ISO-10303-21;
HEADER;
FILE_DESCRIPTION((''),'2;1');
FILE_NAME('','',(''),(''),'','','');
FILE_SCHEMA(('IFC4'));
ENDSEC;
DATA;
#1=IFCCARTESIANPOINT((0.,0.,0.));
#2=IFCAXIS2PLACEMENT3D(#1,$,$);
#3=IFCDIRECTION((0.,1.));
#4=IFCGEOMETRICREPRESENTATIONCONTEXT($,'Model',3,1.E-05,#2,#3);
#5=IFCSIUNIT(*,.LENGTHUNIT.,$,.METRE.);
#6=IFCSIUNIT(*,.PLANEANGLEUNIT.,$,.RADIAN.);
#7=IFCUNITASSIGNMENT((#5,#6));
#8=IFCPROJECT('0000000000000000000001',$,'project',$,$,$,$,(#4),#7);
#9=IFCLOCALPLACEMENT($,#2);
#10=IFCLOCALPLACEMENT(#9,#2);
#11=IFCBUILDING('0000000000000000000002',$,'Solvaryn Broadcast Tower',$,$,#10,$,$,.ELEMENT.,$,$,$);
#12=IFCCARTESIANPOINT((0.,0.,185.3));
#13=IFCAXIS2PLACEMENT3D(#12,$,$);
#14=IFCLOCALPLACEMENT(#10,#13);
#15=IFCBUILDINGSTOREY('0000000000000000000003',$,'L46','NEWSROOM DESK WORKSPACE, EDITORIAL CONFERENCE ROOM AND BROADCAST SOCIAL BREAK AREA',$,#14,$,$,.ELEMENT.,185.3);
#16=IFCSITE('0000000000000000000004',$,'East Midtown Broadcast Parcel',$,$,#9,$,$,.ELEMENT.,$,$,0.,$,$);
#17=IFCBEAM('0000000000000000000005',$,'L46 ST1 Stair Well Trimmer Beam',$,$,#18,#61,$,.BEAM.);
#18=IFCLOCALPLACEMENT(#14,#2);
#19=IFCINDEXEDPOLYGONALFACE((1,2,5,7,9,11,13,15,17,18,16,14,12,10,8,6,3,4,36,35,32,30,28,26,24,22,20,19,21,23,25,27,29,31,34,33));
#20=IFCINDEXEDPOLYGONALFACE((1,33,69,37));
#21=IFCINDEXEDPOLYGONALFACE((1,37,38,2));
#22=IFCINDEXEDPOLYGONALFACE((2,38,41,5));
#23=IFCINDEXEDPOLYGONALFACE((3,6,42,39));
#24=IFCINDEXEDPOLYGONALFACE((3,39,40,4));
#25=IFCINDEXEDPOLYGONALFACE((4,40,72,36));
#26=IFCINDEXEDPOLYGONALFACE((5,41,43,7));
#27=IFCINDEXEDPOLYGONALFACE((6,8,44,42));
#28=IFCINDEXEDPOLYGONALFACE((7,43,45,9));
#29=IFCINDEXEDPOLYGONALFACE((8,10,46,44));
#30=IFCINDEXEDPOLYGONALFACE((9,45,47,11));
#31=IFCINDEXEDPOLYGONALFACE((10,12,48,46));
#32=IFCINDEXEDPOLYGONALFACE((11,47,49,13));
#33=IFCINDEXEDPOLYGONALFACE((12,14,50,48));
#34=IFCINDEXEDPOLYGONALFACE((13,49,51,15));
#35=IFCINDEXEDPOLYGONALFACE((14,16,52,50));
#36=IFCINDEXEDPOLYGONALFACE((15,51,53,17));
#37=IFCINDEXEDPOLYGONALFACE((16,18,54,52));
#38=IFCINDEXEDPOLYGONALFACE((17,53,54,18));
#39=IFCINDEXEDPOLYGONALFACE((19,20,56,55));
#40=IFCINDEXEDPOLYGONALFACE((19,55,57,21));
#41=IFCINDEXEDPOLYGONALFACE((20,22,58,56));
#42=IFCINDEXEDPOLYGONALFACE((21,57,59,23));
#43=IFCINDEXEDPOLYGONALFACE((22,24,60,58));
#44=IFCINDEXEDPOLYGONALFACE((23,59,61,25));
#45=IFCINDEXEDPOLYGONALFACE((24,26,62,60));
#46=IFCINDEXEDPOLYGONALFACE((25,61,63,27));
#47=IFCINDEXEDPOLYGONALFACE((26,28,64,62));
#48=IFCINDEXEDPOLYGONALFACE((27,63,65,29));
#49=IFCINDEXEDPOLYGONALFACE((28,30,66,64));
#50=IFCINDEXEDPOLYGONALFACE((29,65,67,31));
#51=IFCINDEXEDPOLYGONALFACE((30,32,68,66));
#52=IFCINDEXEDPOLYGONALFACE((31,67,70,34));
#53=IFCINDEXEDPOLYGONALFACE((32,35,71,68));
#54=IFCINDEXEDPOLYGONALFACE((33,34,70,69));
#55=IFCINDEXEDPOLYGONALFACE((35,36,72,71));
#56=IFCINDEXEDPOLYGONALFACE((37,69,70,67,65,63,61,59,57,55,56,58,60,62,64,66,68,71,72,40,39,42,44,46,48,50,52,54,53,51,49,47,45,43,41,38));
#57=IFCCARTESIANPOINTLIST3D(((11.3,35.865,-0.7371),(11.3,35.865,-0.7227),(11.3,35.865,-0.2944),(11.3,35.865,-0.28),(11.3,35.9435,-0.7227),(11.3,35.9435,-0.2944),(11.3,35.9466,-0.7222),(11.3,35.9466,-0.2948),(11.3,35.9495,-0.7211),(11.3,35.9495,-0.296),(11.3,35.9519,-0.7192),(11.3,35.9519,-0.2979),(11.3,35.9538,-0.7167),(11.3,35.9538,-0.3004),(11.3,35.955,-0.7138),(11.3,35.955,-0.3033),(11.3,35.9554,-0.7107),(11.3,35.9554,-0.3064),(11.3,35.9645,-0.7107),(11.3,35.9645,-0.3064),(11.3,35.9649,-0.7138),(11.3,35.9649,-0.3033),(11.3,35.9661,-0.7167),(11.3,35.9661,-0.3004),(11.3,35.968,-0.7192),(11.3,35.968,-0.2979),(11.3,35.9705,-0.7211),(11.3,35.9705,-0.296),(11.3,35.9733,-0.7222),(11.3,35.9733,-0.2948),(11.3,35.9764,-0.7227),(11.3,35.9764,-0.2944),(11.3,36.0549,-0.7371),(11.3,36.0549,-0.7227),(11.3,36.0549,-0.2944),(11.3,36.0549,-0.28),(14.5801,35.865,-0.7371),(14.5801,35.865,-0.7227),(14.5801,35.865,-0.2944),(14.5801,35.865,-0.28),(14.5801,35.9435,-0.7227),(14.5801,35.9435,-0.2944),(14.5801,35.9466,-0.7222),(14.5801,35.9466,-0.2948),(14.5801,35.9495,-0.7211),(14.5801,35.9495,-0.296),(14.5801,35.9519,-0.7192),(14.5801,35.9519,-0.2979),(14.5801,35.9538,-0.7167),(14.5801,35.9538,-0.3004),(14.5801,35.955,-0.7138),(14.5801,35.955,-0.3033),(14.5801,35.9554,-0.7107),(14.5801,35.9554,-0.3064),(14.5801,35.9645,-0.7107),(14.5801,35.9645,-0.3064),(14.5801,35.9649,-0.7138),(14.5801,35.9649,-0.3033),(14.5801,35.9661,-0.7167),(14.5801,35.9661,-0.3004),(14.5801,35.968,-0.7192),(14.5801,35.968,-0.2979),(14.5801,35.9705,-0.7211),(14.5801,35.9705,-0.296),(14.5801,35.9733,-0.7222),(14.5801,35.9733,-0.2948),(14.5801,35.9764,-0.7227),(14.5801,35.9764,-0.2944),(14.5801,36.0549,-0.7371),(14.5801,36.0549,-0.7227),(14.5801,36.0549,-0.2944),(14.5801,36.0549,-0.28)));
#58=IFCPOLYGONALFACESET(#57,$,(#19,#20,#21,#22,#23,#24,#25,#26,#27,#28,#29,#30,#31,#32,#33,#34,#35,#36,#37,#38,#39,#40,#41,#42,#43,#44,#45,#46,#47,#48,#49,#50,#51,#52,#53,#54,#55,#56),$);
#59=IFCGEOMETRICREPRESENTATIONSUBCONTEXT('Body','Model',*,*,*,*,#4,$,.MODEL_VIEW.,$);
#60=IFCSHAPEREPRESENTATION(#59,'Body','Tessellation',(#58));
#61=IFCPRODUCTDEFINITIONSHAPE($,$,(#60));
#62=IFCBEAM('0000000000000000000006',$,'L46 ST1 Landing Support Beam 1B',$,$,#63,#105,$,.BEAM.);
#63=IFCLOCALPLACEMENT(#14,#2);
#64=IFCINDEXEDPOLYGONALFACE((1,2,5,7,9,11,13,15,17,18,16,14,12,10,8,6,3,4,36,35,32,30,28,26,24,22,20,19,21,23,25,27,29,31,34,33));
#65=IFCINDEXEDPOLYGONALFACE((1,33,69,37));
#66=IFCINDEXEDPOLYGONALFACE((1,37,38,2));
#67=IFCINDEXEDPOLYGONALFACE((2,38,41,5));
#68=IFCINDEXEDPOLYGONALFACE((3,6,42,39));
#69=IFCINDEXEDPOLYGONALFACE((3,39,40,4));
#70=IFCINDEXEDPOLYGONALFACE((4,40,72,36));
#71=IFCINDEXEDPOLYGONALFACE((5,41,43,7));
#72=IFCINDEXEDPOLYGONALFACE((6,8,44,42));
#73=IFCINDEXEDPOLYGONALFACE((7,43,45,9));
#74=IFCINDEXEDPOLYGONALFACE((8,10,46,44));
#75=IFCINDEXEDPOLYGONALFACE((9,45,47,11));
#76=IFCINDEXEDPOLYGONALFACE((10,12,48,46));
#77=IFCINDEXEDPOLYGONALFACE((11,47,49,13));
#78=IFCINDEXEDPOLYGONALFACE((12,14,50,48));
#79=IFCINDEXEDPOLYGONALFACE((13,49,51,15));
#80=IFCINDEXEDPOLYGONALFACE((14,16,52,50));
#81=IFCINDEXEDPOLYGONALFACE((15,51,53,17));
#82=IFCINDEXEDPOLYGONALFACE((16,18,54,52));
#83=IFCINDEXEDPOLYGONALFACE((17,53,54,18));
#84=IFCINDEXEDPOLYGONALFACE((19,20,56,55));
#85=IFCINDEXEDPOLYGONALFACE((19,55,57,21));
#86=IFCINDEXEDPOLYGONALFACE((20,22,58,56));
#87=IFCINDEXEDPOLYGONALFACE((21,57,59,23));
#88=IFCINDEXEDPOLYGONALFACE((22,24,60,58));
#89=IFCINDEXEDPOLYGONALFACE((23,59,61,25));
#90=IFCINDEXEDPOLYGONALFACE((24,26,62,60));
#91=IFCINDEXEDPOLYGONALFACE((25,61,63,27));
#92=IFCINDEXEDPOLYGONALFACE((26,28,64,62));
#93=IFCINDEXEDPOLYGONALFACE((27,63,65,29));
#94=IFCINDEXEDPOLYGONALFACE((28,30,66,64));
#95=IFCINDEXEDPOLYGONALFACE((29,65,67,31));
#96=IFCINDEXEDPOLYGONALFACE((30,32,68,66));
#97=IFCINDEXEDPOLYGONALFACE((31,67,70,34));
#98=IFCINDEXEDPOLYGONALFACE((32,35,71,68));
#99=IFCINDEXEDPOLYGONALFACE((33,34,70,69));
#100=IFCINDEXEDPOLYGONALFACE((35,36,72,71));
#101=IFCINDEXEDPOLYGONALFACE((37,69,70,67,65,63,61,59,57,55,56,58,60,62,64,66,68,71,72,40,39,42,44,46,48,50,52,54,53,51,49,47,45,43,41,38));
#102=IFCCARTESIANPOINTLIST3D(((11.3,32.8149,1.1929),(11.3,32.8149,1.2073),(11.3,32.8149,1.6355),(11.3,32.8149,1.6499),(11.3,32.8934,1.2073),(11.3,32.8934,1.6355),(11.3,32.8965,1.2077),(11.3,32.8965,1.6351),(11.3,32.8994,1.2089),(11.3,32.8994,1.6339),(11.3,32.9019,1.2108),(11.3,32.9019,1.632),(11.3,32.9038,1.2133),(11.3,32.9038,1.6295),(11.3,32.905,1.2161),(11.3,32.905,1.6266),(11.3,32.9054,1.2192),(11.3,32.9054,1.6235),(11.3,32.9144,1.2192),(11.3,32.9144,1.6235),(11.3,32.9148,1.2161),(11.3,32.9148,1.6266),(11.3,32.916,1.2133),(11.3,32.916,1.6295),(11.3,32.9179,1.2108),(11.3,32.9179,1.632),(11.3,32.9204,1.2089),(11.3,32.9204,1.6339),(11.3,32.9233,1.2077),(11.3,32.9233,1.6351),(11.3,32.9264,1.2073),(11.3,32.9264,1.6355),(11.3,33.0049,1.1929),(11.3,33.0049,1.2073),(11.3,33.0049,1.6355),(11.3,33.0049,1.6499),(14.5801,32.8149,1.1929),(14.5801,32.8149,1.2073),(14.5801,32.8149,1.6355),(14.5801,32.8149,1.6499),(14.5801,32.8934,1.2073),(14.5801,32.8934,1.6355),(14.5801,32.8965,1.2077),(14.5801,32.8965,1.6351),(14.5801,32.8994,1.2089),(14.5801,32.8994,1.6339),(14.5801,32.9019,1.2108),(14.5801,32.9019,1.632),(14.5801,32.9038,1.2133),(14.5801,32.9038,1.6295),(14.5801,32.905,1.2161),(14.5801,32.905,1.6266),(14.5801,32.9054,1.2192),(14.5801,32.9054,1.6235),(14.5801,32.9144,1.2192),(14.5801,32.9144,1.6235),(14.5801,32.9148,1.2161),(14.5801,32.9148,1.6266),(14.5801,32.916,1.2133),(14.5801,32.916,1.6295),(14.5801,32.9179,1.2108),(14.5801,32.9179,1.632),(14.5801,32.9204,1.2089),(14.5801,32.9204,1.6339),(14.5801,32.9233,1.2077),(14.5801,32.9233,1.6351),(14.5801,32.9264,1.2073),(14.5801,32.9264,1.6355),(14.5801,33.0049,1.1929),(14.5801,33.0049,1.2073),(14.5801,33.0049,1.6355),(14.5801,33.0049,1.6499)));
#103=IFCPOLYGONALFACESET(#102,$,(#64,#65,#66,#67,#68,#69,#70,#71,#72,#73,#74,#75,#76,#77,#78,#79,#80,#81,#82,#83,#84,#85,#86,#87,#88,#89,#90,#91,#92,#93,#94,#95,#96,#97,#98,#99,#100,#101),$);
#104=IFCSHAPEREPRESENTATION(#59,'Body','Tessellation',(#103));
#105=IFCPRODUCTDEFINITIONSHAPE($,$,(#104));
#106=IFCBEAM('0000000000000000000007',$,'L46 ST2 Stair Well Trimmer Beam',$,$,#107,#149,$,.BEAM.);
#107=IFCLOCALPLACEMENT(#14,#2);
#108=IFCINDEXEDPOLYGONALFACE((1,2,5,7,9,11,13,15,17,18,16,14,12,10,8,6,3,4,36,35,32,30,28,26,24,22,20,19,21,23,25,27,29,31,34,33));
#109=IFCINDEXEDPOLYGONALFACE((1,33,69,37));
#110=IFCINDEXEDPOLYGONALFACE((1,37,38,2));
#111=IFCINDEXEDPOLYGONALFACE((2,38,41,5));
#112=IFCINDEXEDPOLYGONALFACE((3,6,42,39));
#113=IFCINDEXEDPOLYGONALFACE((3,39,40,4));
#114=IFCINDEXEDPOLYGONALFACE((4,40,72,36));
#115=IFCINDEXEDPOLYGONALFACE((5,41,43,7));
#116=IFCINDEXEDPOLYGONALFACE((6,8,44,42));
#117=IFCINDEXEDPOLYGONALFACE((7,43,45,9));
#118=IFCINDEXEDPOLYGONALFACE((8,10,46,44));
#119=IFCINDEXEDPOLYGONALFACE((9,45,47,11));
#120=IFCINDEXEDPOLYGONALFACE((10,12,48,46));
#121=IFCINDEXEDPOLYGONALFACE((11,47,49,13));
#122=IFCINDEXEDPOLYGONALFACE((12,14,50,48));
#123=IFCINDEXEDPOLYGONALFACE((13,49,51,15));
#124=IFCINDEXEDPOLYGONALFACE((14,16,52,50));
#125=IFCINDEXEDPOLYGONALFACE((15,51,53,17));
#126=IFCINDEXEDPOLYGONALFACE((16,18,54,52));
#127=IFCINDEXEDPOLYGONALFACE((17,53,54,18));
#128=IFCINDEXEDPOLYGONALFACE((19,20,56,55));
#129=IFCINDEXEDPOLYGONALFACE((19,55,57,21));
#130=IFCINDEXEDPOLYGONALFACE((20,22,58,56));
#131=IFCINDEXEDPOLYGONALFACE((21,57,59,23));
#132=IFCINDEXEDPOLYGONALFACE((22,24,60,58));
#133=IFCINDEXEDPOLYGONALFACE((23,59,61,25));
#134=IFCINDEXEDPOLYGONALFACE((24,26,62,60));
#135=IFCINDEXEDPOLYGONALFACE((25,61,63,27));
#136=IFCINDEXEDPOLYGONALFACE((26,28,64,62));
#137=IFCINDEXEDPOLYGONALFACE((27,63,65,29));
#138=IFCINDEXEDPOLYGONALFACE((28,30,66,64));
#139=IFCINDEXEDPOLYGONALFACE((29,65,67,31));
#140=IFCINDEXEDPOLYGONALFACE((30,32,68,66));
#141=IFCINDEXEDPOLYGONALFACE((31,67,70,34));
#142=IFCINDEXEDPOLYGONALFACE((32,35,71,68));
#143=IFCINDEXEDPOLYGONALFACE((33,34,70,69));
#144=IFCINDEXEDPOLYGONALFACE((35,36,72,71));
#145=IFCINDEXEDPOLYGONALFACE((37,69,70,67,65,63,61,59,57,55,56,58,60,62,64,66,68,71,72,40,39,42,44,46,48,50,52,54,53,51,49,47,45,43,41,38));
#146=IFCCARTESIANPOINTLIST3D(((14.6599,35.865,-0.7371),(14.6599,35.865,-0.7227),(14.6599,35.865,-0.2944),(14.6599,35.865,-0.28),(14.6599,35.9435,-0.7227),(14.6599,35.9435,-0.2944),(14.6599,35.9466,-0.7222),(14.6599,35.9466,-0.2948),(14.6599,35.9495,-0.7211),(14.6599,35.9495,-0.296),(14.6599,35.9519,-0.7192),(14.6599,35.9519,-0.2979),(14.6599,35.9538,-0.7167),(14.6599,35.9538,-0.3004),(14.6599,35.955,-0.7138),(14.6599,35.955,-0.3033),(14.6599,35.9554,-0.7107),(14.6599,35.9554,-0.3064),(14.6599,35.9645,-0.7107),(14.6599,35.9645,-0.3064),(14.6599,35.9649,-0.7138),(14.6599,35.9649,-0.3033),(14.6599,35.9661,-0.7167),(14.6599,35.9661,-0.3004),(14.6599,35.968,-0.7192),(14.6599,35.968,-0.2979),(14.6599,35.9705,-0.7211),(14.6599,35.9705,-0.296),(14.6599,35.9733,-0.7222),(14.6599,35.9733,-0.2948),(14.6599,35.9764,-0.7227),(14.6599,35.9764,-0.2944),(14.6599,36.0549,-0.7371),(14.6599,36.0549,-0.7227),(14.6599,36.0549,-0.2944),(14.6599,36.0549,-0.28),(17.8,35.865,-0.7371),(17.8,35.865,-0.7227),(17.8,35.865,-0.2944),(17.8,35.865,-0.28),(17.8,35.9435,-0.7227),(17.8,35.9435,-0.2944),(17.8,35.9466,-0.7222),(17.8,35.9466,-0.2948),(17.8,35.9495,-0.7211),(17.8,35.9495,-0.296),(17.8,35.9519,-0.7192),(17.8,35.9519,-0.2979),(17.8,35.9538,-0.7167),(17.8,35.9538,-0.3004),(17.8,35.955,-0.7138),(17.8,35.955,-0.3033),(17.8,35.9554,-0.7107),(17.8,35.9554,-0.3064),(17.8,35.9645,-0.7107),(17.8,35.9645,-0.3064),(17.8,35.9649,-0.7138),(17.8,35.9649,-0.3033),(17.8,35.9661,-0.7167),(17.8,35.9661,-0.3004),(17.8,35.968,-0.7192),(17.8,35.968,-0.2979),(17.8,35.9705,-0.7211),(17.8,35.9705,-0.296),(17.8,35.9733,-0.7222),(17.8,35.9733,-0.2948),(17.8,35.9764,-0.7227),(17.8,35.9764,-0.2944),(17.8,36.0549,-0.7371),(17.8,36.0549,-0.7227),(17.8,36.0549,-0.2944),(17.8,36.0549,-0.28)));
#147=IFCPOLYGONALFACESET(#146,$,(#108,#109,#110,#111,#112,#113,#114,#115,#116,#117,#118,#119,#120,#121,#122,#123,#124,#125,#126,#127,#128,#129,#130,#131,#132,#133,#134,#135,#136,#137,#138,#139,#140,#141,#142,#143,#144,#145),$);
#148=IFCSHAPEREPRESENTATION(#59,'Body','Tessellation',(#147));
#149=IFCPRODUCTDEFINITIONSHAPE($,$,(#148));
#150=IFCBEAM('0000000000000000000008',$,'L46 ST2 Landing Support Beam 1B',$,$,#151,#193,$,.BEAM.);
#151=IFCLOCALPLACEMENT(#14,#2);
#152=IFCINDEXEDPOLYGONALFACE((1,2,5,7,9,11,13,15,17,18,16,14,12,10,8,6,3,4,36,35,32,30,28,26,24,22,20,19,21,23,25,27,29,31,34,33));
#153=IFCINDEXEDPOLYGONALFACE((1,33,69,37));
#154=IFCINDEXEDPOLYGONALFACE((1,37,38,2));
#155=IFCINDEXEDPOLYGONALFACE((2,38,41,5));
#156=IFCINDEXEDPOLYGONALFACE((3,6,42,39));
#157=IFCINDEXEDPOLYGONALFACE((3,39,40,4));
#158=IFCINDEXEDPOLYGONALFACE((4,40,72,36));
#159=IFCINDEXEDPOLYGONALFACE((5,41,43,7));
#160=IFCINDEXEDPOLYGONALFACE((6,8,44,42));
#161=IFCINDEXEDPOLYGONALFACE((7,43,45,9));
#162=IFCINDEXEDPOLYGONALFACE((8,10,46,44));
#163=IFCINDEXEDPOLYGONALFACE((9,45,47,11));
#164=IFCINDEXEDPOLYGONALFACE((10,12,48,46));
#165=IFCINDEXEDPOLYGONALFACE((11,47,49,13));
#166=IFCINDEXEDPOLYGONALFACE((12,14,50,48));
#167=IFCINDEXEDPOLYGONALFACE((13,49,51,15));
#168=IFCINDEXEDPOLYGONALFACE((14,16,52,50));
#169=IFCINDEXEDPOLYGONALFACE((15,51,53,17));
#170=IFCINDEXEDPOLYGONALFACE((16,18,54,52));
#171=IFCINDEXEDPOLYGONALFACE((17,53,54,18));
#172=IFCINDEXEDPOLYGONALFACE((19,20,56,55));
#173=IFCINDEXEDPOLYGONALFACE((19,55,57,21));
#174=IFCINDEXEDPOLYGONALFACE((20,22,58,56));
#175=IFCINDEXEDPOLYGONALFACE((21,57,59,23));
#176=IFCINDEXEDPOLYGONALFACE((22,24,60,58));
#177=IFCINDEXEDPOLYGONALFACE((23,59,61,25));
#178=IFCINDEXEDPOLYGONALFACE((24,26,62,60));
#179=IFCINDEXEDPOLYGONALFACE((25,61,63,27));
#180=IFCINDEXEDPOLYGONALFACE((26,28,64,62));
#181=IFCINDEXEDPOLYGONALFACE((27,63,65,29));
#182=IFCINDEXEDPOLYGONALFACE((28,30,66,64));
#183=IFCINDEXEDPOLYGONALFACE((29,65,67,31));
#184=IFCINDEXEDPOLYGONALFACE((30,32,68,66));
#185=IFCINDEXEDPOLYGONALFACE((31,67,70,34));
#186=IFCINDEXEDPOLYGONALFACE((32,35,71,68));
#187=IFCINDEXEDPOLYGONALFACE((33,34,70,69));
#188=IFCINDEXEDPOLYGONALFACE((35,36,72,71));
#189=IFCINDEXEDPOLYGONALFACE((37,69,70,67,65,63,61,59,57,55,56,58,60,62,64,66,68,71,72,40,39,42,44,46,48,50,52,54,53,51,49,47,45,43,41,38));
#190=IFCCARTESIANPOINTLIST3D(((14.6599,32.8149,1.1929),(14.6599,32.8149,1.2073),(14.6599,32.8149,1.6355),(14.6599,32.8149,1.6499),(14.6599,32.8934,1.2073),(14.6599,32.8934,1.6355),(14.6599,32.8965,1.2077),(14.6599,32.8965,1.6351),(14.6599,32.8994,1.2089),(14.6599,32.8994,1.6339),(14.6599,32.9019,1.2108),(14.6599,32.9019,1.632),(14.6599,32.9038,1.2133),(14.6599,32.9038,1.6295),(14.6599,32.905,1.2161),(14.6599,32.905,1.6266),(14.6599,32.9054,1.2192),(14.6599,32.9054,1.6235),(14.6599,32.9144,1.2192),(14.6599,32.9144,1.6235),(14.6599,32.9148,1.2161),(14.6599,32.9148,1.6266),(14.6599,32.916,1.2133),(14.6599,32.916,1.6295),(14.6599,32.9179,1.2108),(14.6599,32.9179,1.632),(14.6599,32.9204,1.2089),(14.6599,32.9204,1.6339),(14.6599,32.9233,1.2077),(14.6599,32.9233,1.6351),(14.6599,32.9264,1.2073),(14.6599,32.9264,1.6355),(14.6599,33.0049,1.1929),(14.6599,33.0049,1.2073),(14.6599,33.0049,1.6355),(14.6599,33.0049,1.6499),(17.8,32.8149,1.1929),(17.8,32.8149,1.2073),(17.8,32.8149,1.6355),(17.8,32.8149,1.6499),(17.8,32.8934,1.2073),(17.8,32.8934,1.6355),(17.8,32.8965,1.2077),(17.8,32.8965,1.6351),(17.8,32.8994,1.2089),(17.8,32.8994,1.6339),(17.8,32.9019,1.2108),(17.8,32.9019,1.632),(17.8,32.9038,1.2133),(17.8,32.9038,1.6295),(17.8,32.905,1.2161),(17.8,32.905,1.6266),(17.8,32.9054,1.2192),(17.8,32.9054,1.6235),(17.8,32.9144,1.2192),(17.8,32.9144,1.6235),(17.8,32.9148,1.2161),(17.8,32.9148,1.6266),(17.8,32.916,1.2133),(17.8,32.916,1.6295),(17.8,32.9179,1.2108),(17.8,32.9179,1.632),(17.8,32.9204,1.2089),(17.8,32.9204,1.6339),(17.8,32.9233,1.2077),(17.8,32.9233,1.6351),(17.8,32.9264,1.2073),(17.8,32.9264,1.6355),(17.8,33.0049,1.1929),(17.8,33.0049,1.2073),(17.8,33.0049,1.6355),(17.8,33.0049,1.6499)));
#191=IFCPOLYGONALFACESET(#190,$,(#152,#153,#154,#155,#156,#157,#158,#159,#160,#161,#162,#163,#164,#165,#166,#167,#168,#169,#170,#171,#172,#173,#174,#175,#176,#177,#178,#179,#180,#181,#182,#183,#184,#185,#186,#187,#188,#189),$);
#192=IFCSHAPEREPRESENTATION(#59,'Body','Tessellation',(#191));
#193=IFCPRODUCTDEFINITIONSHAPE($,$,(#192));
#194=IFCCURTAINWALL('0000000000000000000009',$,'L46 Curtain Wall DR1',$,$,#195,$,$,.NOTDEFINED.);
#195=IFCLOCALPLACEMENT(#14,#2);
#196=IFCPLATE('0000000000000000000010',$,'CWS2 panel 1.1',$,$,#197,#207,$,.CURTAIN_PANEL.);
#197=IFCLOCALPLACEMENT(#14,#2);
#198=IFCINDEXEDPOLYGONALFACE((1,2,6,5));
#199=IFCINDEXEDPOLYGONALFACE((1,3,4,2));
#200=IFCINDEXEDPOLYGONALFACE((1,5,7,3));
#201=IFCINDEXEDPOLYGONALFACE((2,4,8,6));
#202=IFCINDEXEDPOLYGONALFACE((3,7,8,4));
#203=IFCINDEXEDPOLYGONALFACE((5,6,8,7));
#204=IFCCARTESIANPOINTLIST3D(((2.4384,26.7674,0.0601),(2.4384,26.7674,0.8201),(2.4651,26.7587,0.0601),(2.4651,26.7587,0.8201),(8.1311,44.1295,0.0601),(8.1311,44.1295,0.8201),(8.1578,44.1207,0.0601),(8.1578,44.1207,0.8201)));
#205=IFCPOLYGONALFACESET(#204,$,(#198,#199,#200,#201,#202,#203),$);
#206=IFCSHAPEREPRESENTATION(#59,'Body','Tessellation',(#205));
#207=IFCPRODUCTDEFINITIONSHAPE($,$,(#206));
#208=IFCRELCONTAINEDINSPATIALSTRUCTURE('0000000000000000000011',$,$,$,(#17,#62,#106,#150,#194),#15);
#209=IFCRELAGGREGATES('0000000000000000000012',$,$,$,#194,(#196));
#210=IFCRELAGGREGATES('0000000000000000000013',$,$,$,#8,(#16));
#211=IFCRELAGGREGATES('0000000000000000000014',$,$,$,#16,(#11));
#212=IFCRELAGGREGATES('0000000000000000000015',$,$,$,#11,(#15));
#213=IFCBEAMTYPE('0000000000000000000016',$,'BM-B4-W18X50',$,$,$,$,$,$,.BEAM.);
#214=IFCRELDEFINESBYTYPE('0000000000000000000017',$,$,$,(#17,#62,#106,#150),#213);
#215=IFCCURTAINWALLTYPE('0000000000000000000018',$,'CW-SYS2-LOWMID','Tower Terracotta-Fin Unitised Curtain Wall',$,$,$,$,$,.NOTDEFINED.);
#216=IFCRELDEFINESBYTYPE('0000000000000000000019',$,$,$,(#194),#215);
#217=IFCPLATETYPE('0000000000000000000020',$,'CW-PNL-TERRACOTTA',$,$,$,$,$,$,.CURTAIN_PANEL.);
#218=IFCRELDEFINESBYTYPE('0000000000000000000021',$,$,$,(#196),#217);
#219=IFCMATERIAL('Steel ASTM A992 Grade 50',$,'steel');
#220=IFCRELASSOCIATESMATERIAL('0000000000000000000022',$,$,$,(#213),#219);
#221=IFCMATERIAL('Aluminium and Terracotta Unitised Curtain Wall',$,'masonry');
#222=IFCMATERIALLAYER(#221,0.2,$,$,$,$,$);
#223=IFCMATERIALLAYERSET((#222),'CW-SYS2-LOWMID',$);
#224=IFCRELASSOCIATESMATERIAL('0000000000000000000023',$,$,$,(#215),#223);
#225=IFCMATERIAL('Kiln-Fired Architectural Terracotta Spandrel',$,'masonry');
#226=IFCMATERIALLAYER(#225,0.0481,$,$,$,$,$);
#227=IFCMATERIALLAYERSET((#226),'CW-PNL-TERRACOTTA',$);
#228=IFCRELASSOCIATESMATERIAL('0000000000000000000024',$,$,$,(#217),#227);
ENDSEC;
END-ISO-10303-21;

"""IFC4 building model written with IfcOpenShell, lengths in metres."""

from ifc_helpers import new_model, si_unit, direction, frame, origin, origin_2d, place, context, subcontext, project, spatial, rectangle, i_section, extrude, material, layer, layer_set, material_profile, profile_set, type_object, element, aggregate, save


model = new_model("IFC4")

# Units and contexts
model_context = context("Model", 3, precision=1e-05, world=origin(), true_north=direction((0.0, 1.0)))
body_context = subcontext(model_context, "Body", "Model", "MODEL_VIEW")
ifc_project = project(units=[si_unit("LENGTHUNIT", "METRE"), si_unit("PLANEANGLEUNIT", "RADIAN")], contexts=[model_context])

# Site, building, storey
site_placement = place(None, origin())
site = spatial("IfcSite", under=ifc_project, at=site_placement, Name="East Midtown Broadcast Parcel", CompositionType="ELEMENT", RefElevation=0.0)
building_placement = place(site_placement, origin())
building = spatial("IfcBuilding", under=site, at=building_placement, Name="Solvaryn Broadcast Tower", CompositionType="ELEMENT")
storey_placement = place(building_placement, frame((0.0, 0.0, 185.3)))
storey = spatial("IfcBuildingStorey", under=building, at=storey_placement, Name="L46", Description="NEWSROOM DESK WORKSPACE, EDITORIAL CONFERENCE ROOM AND BROADCAST SOCIAL BREAK AREA", CompositionType="ELEMENT", Elevation=185.3)

# Beams
ifc_material_1 = material(Name="Steel ASTM A992 Grade 50", Category="steel")
ifc_material_profile = material_profile(ifc_material_1, i_section(OverallWidth=0.1899, OverallDepth=0.457, WebThickness=0.009, FlangeThickness=0.0144, FilletRadius=0.012, at=origin_2d()))
ifc_profile_set = profile_set([ifc_material_profile], Name="Steel ASTM A992 Grade 50")
beam_type = type_object("IfcBeamType", Name="BM-B4-W18X50", PredefinedType="BEAM", material=ifc_profile_set)
for number, where, z_axis, x_axis, name in (
    (1, (11.3, 35.96, -0.5085), (1.0, 0.0, 0.0), (0.0, 1.0, 0.0), "L46 ST1 Stair Well Trimmer Beam"),
    (2, (11.3, 32.9099, 1.4214), (1.0, 0.0, 0.0), (0.0, 1.0, 0.0), "L46 ST1 Landing Support Beam 1B"),
):
    element("IfcBeam", number, at=place(storey_placement, frame(where, z_axis=z_axis, x_axis=x_axis)), inside=storey, type_object=beam_type, Name=name, PredefinedType="BEAM", context=body_context, shape_type="SweptSolid", body=[
        extrude(i_section(OverallWidth=0.1899, OverallDepth=0.457, WebThickness=0.009, FlangeThickness=0.0144, FilletRadius=0.012, at=origin_2d()), origin(), (0.0, 0.0, 1.0), 3.28),
    ])
for number, where, z_axis, x_axis, name in (
    (3, (14.6599, 35.96, -0.5085), (1.0, 0.0, 0.0), (0.0, 1.0, 0.0), "L46 ST2 Stair Well Trimmer Beam"),
    (4, (14.6599, 32.9099, 1.4214), (1.0, 0.0, 0.0), (0.0, 1.0, 0.0), "L46 ST2 Landing Support Beam 1B"),
):
    element("IfcBeam", number, at=place(storey_placement, frame(where, z_axis=z_axis, x_axis=x_axis)), inside=storey, type_object=beam_type, Name=name, PredefinedType="BEAM", context=body_context, shape_type="SweptSolid", body=[
        extrude(i_section(OverallWidth=0.1899, OverallDepth=0.457, WebThickness=0.009, FlangeThickness=0.0144, FilletRadius=0.012, at=origin_2d()), origin(), (0.0, 0.0, 1.0), 3.1401),
    ])

# Curtain wall, plate
ifc_material_2 = material(Name="Aluminium and Terracotta Unitised Curtain Wall", Category="masonry")
ifc_layer_1 = layer(ifc_material_2, 0.2)
ifc_layer_set_1 = layer_set([ifc_layer_1], Name="CW-SYS2-LOWMID")
curtain_wall_type = type_object("IfcCurtainWallType", Name="CW-SYS2-LOWMID", Description="Tower Terracotta-Fin Unitised Curtain Wall", PredefinedType="NOTDEFINED", material=ifc_layer_set_1)
curtain_wall_placement = place(storey_placement, origin())
curtain_wall = element("IfcCurtainWall", 5, at=curtain_wall_placement, inside=storey, type_object=curtain_wall_type, Name="L46 Curtain Wall DR1", PredefinedType="NOTDEFINED")
ifc_material_3 = material(Name="Kiln-Fired Architectural Terracotta Spandrel", Category="masonry")
ifc_layer_2 = layer(ifc_material_3, 0.0481)
ifc_layer_set_2 = layer_set([ifc_layer_2], Name="CW-PNL-TERRACOTTA")
plate_type = type_object("IfcPlateType", Name="CW-PNL-TERRACOTTA", PredefinedType="CURTAIN_PANEL", material=ifc_layer_set_2)
plate_1_placement = place(storey_placement, frame((5.2981, 35.4441, 0.0601), z_axis=(0.0, 0.0, 1.0), x_axis=(-0.311559, -0.950227, 0.0)))
plate_1 = element("IfcPlate", 6, at=plate_1_placement, type_object=plate_type, Name="CWS2 panel 1.1", PredefinedType="CURTAIN_PANEL", context=body_context, shape_type="SweptSolid", body=[
    extrude(rectangle(XDim=18.2715, YDim=0.0281, at=origin_2d()), origin(), (0.0, 0.0, 1.0), 0.76),
])
aggregate(curtain_wall, [plate_1])

save(model, "model.ifc")
